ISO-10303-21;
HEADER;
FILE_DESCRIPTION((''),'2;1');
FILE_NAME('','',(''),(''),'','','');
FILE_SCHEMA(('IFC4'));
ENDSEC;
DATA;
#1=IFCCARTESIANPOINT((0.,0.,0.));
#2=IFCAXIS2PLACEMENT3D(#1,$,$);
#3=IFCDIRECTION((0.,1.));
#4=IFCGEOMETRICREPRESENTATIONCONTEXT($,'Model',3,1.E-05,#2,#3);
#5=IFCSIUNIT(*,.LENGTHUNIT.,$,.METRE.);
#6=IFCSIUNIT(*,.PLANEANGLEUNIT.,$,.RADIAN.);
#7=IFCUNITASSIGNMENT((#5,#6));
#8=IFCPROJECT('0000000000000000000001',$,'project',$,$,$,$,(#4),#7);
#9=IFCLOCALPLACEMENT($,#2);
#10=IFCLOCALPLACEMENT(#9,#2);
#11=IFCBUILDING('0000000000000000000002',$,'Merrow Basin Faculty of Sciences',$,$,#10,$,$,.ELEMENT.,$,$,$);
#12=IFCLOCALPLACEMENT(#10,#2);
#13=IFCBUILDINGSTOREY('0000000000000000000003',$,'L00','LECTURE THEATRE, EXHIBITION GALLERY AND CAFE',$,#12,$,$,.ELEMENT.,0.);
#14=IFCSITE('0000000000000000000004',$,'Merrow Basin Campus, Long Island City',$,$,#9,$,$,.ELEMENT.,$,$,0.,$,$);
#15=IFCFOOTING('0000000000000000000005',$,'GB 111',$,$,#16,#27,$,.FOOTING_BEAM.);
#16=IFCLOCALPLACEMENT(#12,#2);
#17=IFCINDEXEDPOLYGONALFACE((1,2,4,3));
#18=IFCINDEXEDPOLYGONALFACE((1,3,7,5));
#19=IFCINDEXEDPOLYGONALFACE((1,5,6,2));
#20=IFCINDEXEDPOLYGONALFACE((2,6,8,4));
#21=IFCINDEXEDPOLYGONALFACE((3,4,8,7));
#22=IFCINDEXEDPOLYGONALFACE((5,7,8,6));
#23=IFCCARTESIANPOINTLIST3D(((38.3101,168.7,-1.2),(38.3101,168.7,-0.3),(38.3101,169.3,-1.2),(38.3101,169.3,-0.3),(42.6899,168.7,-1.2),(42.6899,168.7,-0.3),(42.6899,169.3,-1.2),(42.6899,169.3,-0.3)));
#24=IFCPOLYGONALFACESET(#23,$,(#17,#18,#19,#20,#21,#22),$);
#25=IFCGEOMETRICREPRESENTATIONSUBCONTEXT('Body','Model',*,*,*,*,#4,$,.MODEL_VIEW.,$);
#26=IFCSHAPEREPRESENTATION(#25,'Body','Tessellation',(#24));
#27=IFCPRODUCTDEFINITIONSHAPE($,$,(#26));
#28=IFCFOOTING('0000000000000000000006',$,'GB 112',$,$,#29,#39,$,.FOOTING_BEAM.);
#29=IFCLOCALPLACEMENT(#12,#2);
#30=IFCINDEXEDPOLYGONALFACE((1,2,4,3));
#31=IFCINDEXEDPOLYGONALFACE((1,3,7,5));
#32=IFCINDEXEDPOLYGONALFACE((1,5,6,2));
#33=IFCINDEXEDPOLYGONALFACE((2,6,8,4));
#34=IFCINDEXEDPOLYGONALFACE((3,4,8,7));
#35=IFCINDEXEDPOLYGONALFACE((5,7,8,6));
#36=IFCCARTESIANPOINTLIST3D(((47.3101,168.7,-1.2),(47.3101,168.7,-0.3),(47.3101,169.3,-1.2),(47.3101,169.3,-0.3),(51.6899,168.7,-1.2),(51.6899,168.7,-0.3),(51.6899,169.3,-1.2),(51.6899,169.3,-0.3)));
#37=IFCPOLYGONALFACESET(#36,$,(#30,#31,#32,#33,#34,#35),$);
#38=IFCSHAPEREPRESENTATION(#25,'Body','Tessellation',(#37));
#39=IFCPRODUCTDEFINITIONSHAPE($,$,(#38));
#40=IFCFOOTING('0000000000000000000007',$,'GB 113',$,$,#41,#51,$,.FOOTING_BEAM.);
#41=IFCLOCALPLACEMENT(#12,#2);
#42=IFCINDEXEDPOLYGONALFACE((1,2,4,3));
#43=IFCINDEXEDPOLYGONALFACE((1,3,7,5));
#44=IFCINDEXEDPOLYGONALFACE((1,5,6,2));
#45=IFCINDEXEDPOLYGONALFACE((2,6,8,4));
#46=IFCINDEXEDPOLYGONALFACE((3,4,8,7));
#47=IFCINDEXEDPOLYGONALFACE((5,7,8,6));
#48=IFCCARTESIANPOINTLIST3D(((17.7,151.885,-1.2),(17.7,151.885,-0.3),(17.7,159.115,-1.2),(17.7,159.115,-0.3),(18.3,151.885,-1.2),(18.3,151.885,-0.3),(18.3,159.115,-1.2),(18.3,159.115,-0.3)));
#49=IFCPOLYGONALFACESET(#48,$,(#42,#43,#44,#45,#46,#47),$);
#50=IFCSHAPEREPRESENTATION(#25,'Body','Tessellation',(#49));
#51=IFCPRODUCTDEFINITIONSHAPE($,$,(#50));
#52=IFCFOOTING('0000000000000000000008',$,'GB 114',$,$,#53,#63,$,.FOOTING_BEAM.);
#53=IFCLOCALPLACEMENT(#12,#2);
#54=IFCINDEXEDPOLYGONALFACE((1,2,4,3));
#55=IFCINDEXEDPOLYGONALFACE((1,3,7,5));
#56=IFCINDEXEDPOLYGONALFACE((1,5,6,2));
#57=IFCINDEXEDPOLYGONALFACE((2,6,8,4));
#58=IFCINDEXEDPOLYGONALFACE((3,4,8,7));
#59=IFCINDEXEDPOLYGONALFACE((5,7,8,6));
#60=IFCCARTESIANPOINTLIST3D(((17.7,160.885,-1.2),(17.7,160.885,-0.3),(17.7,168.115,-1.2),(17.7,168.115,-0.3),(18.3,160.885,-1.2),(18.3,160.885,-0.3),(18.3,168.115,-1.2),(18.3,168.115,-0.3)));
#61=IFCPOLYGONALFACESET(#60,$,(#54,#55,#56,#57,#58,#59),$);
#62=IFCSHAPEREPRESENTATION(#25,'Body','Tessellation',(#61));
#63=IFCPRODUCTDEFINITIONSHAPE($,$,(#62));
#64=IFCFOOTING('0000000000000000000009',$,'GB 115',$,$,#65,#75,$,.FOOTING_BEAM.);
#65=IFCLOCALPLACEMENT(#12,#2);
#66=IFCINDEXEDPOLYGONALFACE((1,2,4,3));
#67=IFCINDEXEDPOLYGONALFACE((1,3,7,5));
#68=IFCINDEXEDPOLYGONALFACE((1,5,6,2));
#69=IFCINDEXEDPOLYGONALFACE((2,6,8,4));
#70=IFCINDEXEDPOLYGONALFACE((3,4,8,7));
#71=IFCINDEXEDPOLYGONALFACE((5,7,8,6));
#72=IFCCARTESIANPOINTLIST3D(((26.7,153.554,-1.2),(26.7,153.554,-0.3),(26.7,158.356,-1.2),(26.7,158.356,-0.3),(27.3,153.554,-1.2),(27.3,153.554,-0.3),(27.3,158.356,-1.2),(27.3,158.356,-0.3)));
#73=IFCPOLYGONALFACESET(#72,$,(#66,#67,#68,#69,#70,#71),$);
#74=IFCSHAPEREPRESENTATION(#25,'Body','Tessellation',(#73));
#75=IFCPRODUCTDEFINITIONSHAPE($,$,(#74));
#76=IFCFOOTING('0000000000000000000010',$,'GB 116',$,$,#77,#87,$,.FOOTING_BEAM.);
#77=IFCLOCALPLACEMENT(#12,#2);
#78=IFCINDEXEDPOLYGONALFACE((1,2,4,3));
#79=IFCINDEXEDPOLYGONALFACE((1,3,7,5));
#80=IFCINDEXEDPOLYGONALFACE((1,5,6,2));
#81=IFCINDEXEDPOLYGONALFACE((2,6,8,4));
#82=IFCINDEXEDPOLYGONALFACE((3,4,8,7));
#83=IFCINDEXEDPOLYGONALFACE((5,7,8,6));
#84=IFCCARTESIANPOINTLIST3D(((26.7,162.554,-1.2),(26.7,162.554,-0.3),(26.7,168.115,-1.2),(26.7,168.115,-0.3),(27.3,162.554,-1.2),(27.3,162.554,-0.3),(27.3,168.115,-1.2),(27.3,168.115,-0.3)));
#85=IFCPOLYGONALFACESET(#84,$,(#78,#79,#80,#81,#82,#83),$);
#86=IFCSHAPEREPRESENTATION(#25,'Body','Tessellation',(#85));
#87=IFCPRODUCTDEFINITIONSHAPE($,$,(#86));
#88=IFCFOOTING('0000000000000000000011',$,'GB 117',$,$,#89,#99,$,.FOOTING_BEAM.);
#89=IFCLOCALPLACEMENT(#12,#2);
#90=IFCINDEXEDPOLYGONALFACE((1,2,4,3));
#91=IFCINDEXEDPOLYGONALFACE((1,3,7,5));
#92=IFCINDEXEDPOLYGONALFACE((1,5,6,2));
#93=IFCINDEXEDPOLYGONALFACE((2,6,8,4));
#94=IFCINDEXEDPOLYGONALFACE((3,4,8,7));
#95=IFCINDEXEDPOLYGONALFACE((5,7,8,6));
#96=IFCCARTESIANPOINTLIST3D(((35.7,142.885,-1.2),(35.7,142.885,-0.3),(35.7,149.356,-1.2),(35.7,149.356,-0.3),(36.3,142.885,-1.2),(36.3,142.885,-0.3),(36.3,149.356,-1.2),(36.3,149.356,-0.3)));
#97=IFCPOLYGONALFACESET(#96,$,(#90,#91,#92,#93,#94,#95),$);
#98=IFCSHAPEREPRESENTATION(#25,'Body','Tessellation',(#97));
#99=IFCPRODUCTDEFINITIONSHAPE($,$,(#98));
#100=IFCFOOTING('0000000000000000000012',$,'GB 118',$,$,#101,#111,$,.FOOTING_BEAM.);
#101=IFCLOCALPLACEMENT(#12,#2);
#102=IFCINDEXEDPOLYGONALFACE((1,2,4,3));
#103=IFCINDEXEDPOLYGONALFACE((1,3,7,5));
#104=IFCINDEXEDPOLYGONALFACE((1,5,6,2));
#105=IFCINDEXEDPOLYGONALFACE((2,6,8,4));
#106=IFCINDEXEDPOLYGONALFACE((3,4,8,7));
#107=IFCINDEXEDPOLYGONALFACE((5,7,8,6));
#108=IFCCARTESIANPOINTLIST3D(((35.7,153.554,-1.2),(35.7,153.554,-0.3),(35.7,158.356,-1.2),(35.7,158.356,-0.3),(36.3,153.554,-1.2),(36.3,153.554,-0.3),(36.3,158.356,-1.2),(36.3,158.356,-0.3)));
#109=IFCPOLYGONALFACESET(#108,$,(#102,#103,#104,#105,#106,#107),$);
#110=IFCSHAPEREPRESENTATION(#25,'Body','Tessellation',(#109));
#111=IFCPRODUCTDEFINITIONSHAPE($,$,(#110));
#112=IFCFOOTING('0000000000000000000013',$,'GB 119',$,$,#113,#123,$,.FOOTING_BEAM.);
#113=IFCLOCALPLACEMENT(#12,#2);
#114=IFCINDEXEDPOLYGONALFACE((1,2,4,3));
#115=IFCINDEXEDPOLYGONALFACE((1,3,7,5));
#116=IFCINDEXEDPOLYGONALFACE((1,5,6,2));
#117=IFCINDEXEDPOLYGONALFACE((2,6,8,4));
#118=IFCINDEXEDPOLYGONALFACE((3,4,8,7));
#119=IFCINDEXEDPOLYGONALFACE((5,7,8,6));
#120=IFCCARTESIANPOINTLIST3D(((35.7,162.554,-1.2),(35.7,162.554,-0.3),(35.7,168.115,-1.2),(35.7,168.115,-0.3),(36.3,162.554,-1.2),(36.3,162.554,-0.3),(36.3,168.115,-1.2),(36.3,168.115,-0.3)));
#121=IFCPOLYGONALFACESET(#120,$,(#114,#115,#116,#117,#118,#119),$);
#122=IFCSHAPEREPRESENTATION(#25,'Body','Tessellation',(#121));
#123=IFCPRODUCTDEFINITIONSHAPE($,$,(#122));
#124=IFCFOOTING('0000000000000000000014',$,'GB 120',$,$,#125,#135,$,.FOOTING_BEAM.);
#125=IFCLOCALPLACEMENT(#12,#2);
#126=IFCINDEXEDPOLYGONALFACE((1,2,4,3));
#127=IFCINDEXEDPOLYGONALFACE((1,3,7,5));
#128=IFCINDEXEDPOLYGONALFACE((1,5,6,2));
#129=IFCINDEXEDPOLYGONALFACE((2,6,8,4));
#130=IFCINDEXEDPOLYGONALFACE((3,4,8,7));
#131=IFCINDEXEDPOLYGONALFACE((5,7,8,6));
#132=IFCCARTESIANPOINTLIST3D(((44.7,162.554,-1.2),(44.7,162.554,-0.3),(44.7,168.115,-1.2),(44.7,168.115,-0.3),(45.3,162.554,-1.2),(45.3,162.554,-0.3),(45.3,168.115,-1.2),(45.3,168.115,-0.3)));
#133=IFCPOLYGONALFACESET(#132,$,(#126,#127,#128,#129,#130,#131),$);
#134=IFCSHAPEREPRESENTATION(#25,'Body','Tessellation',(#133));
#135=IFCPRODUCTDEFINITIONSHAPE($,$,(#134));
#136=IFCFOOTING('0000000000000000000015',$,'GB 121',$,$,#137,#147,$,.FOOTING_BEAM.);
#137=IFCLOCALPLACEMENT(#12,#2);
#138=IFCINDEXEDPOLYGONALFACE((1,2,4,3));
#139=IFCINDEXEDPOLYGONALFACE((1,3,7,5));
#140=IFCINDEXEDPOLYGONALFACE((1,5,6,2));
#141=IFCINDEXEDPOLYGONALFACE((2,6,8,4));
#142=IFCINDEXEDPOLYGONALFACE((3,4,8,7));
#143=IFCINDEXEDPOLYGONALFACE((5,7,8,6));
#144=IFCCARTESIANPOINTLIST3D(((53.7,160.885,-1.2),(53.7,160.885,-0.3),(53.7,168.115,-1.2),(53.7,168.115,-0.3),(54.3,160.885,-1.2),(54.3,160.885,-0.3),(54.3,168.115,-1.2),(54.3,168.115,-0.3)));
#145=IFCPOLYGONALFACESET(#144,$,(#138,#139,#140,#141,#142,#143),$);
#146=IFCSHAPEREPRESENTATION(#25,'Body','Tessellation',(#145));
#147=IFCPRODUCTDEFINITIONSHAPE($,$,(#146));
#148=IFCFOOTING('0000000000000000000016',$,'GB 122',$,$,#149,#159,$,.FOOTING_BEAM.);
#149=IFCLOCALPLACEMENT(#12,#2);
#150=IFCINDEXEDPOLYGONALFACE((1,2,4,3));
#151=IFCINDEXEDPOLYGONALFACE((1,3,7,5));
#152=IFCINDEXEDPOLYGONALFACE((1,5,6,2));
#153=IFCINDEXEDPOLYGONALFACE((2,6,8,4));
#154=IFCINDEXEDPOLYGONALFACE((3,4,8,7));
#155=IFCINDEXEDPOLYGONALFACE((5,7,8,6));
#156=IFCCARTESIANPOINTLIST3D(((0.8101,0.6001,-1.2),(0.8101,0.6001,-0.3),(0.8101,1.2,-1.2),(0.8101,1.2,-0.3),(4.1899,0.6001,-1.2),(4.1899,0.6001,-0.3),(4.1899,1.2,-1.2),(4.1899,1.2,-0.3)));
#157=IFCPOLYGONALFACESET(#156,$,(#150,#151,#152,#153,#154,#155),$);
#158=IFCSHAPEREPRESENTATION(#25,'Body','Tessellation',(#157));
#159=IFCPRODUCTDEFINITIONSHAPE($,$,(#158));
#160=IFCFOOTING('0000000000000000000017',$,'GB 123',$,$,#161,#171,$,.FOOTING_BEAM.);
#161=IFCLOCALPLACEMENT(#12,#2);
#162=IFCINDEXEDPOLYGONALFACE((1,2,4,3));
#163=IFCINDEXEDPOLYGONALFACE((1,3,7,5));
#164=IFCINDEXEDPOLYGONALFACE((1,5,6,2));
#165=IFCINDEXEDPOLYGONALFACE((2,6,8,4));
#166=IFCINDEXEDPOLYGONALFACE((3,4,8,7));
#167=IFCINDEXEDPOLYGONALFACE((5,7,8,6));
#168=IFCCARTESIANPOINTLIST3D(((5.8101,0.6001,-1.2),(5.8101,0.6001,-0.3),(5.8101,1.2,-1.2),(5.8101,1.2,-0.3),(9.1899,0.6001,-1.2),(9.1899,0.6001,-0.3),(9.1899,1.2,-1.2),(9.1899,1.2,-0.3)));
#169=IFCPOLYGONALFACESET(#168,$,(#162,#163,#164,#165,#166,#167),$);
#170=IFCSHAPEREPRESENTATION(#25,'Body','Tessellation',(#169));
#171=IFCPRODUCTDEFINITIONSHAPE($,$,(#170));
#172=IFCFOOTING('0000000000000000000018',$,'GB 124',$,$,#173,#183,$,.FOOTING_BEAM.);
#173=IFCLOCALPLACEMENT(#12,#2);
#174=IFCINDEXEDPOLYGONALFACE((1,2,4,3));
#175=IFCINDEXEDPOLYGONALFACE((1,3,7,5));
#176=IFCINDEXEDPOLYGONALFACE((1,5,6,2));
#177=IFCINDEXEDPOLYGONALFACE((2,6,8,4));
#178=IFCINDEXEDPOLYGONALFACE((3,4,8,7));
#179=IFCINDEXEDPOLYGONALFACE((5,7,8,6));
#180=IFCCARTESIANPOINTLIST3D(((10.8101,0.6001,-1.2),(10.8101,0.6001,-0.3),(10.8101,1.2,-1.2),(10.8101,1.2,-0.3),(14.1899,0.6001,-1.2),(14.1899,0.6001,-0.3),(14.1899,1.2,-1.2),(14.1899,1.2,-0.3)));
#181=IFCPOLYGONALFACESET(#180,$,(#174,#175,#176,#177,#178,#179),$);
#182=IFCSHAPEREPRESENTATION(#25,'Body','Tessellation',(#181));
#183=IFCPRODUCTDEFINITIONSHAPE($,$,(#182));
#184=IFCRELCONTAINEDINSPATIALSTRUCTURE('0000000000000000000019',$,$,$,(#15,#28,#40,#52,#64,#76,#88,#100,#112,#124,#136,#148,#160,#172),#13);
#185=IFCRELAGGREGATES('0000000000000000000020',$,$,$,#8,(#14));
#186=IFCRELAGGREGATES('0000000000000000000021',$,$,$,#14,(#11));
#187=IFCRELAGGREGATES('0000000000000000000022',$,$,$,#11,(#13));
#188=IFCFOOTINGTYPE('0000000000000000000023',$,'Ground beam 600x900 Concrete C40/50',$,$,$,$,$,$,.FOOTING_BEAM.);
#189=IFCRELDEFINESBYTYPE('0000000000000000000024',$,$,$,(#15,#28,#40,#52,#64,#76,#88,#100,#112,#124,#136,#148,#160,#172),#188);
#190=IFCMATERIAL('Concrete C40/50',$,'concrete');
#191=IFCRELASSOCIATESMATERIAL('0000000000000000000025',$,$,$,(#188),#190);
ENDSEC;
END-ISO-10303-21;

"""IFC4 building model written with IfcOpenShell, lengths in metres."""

from ifc_helpers import new_model, si_unit, direction, frame, origin, place, context, subcontext, project, spatial, polyline, outline, extrude, material, type_object, element, save


model = new_model("IFC4")

# Units and contexts
model_context = context("Model", 3, precision=1e-05, world=origin(), true_north=direction((0.0, 1.0)))
body_context = subcontext(model_context, "Body", "Model", "MODEL_VIEW")
ifc_project = project(units=[si_unit("LENGTHUNIT", "METRE"), si_unit("PLANEANGLEUNIT", "RADIAN")], contexts=[model_context])

# Site, building, storey
site_placement = place(None, origin())
site = spatial("IfcSite", under=ifc_project, at=site_placement, Name="Merrow Basin Campus, Long Island City", CompositionType="ELEMENT", RefElevation=0.0)
building_placement = place(site_placement, origin())
building = spatial("IfcBuilding", under=site, at=building_placement, Name="Merrow Basin Faculty of Sciences", CompositionType="ELEMENT")
storey_placement = place(building_placement, origin())
storey = spatial("IfcBuildingStorey", under=building, at=storey_placement, Name="L00", Description="LECTURE THEATRE, EXHIBITION GALLERY AND CAFE", CompositionType="ELEMENT", Elevation=0.0)

# Footings
ifc_material = material(Name="Concrete C40/50", Category="concrete")
footing_type = type_object("IfcFootingType", Name="Ground beam 600x900 Concrete C40/50", PredefinedType="FOOTING_BEAM", material=ifc_material)
footing_1_placement = place(storey_placement, frame((0.0, 0.0, -1.2)))
element("IfcFooting", 1, at=footing_1_placement, inside=storey, type_object=footing_type, Name="GB 111", PredefinedType="FOOTING_BEAM", context=body_context, shape_type="SweptSolid", body=[
    extrude(outline(polyline([(38.3101, 168.7), (42.6899, 168.7), (42.6899, 169.3), (38.3101, 169.3), (38.3101, 168.7)])), origin(), (0.0, 0.0, 1.0), 0.8999),
])
footing_2_placement = place(storey_placement, frame((0.0, 0.0, -1.2)))
element("IfcFooting", 2, at=footing_2_placement, inside=storey, type_object=footing_type, Name="GB 112", PredefinedType="FOOTING_BEAM", context=body_context, shape_type="SweptSolid", body=[
    extrude(outline(polyline([(47.3101, 168.7), (51.6899, 168.7), (51.6899, 169.3), (47.3101, 169.3), (47.3101, 168.7)])), origin(), (0.0, 0.0, 1.0), 0.8999),
])
footing_3_placement = place(storey_placement, frame((0.0, 0.0, -1.2)))
element("IfcFooting", 3, at=footing_3_placement, inside=storey, type_object=footing_type, Name="GB 113", PredefinedType="FOOTING_BEAM", context=body_context, shape_type="SweptSolid", body=[
    extrude(outline(polyline([(17.7, 151.885), (18.3, 151.885), (18.3, 159.115), (17.7, 159.115), (17.7, 151.885)])), origin(), (0.0, 0.0, 1.0), 0.8999),
])
footing_4_placement = place(storey_placement, frame((0.0, 0.0, -1.2)))
element("IfcFooting", 4, at=footing_4_placement, inside=storey, type_object=footing_type, Name="GB 114", PredefinedType="FOOTING_BEAM", context=body_context, shape_type="SweptSolid", body=[
    extrude(outline(polyline([(17.7, 160.885), (18.3, 160.885), (18.3, 168.115), (17.7, 168.115), (17.7, 160.885)])), origin(), (0.0, 0.0, 1.0), 0.8999),
])
footing_5_placement = place(storey_placement, frame((0.0, 0.0, -1.2)))
element("IfcFooting", 5, at=footing_5_placement, inside=storey, type_object=footing_type, Name="GB 115", PredefinedType="FOOTING_BEAM", context=body_context, shape_type="SweptSolid", body=[
    extrude(outline(polyline([(26.7, 153.554), (27.3, 153.554), (27.3, 158.356), (26.7, 158.356), (26.7, 153.554)])), origin(), (0.0, 0.0, 1.0), 0.8999),
])
footing_6_placement = place(storey_placement, frame((0.0, 0.0, -1.2)))
element("IfcFooting", 6, at=footing_6_placement, inside=storey, type_object=footing_type, Name="GB 116", PredefinedType="FOOTING_BEAM", context=body_context, shape_type="SweptSolid", body=[
    extrude(outline(polyline([(26.7, 162.554), (27.3, 162.554), (27.3, 168.115), (26.7, 168.115), (26.7, 162.554)])), origin(), (0.0, 0.0, 1.0), 0.8999),
])
footing_7_placement = place(storey_placement, frame((0.0, 0.0, -1.2)))
element("IfcFooting", 7, at=footing_7_placement, inside=storey, type_object=footing_type, Name="GB 117", PredefinedType="FOOTING_BEAM", context=body_context, shape_type="SweptSolid", body=[
    extrude(outline(polyline([(35.7, 142.885), (36.3, 142.885), (36.3, 149.356), (35.7, 149.356), (35.7, 142.885)])), origin(), (0.0, 0.0, 1.0), 0.8999),
])
footing_8_placement = place(storey_placement, frame((0.0, 0.0, -1.2)))
element("IfcFooting", 8, at=footing_8_placement, inside=storey, type_object=footing_type, Name="GB 118", PredefinedType="FOOTING_BEAM", context=body_context, shape_type="SweptSolid", body=[
    extrude(outline(polyline([(35.7, 153.554), (36.3, 153.554), (36.3, 158.356), (35.7, 158.356), (35.7, 153.554)])), origin(), (0.0, 0.0, 1.0), 0.8999),
])
footing_9_placement = place(storey_placement, frame((0.0, 0.0, -1.2)))
element("IfcFooting", 9, at=footing_9_placement, inside=storey, type_object=footing_type, Name="GB 119", PredefinedType="FOOTING_BEAM", context=body_context, shape_type="SweptSolid", body=[
    extrude(outline(polyline([(35.7, 162.554), (36.3, 162.554), (36.3, 168.115), (35.7, 168.115), (35.7, 162.554)])), origin(), (0.0, 0.0, 1.0), 0.8999),
])
footing_10_placement = place(storey_placement, frame((0.0, 0.0, -1.2)))
element("IfcFooting", 10, at=footing_10_placement, inside=storey, type_object=footing_type, Name="GB 120", PredefinedType="FOOTING_BEAM", context=body_context, shape_type="SweptSolid", body=[
    extrude(outline(polyline([(44.7, 162.554), (45.3, 162.554), (45.3, 168.115), (44.7, 168.115), (44.7, 162.554)])), origin(), (0.0, 0.0, 1.0), 0.8999),
])
footing_11_placement = place(storey_placement, frame((0.0, 0.0, -1.2)))
element("IfcFooting", 11, at=footing_11_placement, inside=storey, type_object=footing_type, Name="GB 121", PredefinedType="FOOTING_BEAM", context=body_context, shape_type="SweptSolid", body=[
    extrude(outline(polyline([(53.7, 160.885), (54.3, 160.885), (54.3, 168.115), (53.7, 168.115), (53.7, 160.885)])), origin(), (0.0, 0.0, 1.0), 0.8999),
])
footing_12_placement = place(storey_placement, frame((0.0, 0.0, -1.2)))
element("IfcFooting", 12, at=footing_12_placement, inside=storey, type_object=footing_type, Name="GB 122", PredefinedType="FOOTING_BEAM", context=body_context, shape_type="SweptSolid", body=[
    extrude(outline(polyline([(0.8101, 0.6001), (4.1899, 0.6001), (4.1899, 1.2), (0.8101, 1.2), (0.8101, 0.6001)])), origin(), (0.0, 0.0, 1.0), 0.8999),
])
footing_13_placement = place(storey_placement, frame((0.0, 0.0, -1.2)))
element("IfcFooting", 13, at=footing_13_placement, inside=storey, type_object=footing_type, Name="GB 123", PredefinedType="FOOTING_BEAM", context=body_context, shape_type="SweptSolid", body=[
    extrude(outline(polyline([(5.8101, 0.6001), (9.1899, 0.6001), (9.1899, 1.2), (5.8101, 1.2), (5.8101, 0.6001)])), origin(), (0.0, 0.0, 1.0), 0.8999),
])
footing_14_placement = place(storey_placement, frame((0.0, 0.0, -1.2)))
element("IfcFooting", 14, at=footing_14_placement, inside=storey, type_object=footing_type, Name="GB 124", PredefinedType="FOOTING_BEAM", context=body_context, shape_type="SweptSolid", body=[
    extrude(outline(polyline([(10.8101, 0.6001), (14.1899, 0.6001), (14.1899, 1.2), (10.8101, 1.2), (10.8101, 0.6001)])), origin(), (0.0, 0.0, 1.0), 0.8999),
])

save(model, "model.ifc")
